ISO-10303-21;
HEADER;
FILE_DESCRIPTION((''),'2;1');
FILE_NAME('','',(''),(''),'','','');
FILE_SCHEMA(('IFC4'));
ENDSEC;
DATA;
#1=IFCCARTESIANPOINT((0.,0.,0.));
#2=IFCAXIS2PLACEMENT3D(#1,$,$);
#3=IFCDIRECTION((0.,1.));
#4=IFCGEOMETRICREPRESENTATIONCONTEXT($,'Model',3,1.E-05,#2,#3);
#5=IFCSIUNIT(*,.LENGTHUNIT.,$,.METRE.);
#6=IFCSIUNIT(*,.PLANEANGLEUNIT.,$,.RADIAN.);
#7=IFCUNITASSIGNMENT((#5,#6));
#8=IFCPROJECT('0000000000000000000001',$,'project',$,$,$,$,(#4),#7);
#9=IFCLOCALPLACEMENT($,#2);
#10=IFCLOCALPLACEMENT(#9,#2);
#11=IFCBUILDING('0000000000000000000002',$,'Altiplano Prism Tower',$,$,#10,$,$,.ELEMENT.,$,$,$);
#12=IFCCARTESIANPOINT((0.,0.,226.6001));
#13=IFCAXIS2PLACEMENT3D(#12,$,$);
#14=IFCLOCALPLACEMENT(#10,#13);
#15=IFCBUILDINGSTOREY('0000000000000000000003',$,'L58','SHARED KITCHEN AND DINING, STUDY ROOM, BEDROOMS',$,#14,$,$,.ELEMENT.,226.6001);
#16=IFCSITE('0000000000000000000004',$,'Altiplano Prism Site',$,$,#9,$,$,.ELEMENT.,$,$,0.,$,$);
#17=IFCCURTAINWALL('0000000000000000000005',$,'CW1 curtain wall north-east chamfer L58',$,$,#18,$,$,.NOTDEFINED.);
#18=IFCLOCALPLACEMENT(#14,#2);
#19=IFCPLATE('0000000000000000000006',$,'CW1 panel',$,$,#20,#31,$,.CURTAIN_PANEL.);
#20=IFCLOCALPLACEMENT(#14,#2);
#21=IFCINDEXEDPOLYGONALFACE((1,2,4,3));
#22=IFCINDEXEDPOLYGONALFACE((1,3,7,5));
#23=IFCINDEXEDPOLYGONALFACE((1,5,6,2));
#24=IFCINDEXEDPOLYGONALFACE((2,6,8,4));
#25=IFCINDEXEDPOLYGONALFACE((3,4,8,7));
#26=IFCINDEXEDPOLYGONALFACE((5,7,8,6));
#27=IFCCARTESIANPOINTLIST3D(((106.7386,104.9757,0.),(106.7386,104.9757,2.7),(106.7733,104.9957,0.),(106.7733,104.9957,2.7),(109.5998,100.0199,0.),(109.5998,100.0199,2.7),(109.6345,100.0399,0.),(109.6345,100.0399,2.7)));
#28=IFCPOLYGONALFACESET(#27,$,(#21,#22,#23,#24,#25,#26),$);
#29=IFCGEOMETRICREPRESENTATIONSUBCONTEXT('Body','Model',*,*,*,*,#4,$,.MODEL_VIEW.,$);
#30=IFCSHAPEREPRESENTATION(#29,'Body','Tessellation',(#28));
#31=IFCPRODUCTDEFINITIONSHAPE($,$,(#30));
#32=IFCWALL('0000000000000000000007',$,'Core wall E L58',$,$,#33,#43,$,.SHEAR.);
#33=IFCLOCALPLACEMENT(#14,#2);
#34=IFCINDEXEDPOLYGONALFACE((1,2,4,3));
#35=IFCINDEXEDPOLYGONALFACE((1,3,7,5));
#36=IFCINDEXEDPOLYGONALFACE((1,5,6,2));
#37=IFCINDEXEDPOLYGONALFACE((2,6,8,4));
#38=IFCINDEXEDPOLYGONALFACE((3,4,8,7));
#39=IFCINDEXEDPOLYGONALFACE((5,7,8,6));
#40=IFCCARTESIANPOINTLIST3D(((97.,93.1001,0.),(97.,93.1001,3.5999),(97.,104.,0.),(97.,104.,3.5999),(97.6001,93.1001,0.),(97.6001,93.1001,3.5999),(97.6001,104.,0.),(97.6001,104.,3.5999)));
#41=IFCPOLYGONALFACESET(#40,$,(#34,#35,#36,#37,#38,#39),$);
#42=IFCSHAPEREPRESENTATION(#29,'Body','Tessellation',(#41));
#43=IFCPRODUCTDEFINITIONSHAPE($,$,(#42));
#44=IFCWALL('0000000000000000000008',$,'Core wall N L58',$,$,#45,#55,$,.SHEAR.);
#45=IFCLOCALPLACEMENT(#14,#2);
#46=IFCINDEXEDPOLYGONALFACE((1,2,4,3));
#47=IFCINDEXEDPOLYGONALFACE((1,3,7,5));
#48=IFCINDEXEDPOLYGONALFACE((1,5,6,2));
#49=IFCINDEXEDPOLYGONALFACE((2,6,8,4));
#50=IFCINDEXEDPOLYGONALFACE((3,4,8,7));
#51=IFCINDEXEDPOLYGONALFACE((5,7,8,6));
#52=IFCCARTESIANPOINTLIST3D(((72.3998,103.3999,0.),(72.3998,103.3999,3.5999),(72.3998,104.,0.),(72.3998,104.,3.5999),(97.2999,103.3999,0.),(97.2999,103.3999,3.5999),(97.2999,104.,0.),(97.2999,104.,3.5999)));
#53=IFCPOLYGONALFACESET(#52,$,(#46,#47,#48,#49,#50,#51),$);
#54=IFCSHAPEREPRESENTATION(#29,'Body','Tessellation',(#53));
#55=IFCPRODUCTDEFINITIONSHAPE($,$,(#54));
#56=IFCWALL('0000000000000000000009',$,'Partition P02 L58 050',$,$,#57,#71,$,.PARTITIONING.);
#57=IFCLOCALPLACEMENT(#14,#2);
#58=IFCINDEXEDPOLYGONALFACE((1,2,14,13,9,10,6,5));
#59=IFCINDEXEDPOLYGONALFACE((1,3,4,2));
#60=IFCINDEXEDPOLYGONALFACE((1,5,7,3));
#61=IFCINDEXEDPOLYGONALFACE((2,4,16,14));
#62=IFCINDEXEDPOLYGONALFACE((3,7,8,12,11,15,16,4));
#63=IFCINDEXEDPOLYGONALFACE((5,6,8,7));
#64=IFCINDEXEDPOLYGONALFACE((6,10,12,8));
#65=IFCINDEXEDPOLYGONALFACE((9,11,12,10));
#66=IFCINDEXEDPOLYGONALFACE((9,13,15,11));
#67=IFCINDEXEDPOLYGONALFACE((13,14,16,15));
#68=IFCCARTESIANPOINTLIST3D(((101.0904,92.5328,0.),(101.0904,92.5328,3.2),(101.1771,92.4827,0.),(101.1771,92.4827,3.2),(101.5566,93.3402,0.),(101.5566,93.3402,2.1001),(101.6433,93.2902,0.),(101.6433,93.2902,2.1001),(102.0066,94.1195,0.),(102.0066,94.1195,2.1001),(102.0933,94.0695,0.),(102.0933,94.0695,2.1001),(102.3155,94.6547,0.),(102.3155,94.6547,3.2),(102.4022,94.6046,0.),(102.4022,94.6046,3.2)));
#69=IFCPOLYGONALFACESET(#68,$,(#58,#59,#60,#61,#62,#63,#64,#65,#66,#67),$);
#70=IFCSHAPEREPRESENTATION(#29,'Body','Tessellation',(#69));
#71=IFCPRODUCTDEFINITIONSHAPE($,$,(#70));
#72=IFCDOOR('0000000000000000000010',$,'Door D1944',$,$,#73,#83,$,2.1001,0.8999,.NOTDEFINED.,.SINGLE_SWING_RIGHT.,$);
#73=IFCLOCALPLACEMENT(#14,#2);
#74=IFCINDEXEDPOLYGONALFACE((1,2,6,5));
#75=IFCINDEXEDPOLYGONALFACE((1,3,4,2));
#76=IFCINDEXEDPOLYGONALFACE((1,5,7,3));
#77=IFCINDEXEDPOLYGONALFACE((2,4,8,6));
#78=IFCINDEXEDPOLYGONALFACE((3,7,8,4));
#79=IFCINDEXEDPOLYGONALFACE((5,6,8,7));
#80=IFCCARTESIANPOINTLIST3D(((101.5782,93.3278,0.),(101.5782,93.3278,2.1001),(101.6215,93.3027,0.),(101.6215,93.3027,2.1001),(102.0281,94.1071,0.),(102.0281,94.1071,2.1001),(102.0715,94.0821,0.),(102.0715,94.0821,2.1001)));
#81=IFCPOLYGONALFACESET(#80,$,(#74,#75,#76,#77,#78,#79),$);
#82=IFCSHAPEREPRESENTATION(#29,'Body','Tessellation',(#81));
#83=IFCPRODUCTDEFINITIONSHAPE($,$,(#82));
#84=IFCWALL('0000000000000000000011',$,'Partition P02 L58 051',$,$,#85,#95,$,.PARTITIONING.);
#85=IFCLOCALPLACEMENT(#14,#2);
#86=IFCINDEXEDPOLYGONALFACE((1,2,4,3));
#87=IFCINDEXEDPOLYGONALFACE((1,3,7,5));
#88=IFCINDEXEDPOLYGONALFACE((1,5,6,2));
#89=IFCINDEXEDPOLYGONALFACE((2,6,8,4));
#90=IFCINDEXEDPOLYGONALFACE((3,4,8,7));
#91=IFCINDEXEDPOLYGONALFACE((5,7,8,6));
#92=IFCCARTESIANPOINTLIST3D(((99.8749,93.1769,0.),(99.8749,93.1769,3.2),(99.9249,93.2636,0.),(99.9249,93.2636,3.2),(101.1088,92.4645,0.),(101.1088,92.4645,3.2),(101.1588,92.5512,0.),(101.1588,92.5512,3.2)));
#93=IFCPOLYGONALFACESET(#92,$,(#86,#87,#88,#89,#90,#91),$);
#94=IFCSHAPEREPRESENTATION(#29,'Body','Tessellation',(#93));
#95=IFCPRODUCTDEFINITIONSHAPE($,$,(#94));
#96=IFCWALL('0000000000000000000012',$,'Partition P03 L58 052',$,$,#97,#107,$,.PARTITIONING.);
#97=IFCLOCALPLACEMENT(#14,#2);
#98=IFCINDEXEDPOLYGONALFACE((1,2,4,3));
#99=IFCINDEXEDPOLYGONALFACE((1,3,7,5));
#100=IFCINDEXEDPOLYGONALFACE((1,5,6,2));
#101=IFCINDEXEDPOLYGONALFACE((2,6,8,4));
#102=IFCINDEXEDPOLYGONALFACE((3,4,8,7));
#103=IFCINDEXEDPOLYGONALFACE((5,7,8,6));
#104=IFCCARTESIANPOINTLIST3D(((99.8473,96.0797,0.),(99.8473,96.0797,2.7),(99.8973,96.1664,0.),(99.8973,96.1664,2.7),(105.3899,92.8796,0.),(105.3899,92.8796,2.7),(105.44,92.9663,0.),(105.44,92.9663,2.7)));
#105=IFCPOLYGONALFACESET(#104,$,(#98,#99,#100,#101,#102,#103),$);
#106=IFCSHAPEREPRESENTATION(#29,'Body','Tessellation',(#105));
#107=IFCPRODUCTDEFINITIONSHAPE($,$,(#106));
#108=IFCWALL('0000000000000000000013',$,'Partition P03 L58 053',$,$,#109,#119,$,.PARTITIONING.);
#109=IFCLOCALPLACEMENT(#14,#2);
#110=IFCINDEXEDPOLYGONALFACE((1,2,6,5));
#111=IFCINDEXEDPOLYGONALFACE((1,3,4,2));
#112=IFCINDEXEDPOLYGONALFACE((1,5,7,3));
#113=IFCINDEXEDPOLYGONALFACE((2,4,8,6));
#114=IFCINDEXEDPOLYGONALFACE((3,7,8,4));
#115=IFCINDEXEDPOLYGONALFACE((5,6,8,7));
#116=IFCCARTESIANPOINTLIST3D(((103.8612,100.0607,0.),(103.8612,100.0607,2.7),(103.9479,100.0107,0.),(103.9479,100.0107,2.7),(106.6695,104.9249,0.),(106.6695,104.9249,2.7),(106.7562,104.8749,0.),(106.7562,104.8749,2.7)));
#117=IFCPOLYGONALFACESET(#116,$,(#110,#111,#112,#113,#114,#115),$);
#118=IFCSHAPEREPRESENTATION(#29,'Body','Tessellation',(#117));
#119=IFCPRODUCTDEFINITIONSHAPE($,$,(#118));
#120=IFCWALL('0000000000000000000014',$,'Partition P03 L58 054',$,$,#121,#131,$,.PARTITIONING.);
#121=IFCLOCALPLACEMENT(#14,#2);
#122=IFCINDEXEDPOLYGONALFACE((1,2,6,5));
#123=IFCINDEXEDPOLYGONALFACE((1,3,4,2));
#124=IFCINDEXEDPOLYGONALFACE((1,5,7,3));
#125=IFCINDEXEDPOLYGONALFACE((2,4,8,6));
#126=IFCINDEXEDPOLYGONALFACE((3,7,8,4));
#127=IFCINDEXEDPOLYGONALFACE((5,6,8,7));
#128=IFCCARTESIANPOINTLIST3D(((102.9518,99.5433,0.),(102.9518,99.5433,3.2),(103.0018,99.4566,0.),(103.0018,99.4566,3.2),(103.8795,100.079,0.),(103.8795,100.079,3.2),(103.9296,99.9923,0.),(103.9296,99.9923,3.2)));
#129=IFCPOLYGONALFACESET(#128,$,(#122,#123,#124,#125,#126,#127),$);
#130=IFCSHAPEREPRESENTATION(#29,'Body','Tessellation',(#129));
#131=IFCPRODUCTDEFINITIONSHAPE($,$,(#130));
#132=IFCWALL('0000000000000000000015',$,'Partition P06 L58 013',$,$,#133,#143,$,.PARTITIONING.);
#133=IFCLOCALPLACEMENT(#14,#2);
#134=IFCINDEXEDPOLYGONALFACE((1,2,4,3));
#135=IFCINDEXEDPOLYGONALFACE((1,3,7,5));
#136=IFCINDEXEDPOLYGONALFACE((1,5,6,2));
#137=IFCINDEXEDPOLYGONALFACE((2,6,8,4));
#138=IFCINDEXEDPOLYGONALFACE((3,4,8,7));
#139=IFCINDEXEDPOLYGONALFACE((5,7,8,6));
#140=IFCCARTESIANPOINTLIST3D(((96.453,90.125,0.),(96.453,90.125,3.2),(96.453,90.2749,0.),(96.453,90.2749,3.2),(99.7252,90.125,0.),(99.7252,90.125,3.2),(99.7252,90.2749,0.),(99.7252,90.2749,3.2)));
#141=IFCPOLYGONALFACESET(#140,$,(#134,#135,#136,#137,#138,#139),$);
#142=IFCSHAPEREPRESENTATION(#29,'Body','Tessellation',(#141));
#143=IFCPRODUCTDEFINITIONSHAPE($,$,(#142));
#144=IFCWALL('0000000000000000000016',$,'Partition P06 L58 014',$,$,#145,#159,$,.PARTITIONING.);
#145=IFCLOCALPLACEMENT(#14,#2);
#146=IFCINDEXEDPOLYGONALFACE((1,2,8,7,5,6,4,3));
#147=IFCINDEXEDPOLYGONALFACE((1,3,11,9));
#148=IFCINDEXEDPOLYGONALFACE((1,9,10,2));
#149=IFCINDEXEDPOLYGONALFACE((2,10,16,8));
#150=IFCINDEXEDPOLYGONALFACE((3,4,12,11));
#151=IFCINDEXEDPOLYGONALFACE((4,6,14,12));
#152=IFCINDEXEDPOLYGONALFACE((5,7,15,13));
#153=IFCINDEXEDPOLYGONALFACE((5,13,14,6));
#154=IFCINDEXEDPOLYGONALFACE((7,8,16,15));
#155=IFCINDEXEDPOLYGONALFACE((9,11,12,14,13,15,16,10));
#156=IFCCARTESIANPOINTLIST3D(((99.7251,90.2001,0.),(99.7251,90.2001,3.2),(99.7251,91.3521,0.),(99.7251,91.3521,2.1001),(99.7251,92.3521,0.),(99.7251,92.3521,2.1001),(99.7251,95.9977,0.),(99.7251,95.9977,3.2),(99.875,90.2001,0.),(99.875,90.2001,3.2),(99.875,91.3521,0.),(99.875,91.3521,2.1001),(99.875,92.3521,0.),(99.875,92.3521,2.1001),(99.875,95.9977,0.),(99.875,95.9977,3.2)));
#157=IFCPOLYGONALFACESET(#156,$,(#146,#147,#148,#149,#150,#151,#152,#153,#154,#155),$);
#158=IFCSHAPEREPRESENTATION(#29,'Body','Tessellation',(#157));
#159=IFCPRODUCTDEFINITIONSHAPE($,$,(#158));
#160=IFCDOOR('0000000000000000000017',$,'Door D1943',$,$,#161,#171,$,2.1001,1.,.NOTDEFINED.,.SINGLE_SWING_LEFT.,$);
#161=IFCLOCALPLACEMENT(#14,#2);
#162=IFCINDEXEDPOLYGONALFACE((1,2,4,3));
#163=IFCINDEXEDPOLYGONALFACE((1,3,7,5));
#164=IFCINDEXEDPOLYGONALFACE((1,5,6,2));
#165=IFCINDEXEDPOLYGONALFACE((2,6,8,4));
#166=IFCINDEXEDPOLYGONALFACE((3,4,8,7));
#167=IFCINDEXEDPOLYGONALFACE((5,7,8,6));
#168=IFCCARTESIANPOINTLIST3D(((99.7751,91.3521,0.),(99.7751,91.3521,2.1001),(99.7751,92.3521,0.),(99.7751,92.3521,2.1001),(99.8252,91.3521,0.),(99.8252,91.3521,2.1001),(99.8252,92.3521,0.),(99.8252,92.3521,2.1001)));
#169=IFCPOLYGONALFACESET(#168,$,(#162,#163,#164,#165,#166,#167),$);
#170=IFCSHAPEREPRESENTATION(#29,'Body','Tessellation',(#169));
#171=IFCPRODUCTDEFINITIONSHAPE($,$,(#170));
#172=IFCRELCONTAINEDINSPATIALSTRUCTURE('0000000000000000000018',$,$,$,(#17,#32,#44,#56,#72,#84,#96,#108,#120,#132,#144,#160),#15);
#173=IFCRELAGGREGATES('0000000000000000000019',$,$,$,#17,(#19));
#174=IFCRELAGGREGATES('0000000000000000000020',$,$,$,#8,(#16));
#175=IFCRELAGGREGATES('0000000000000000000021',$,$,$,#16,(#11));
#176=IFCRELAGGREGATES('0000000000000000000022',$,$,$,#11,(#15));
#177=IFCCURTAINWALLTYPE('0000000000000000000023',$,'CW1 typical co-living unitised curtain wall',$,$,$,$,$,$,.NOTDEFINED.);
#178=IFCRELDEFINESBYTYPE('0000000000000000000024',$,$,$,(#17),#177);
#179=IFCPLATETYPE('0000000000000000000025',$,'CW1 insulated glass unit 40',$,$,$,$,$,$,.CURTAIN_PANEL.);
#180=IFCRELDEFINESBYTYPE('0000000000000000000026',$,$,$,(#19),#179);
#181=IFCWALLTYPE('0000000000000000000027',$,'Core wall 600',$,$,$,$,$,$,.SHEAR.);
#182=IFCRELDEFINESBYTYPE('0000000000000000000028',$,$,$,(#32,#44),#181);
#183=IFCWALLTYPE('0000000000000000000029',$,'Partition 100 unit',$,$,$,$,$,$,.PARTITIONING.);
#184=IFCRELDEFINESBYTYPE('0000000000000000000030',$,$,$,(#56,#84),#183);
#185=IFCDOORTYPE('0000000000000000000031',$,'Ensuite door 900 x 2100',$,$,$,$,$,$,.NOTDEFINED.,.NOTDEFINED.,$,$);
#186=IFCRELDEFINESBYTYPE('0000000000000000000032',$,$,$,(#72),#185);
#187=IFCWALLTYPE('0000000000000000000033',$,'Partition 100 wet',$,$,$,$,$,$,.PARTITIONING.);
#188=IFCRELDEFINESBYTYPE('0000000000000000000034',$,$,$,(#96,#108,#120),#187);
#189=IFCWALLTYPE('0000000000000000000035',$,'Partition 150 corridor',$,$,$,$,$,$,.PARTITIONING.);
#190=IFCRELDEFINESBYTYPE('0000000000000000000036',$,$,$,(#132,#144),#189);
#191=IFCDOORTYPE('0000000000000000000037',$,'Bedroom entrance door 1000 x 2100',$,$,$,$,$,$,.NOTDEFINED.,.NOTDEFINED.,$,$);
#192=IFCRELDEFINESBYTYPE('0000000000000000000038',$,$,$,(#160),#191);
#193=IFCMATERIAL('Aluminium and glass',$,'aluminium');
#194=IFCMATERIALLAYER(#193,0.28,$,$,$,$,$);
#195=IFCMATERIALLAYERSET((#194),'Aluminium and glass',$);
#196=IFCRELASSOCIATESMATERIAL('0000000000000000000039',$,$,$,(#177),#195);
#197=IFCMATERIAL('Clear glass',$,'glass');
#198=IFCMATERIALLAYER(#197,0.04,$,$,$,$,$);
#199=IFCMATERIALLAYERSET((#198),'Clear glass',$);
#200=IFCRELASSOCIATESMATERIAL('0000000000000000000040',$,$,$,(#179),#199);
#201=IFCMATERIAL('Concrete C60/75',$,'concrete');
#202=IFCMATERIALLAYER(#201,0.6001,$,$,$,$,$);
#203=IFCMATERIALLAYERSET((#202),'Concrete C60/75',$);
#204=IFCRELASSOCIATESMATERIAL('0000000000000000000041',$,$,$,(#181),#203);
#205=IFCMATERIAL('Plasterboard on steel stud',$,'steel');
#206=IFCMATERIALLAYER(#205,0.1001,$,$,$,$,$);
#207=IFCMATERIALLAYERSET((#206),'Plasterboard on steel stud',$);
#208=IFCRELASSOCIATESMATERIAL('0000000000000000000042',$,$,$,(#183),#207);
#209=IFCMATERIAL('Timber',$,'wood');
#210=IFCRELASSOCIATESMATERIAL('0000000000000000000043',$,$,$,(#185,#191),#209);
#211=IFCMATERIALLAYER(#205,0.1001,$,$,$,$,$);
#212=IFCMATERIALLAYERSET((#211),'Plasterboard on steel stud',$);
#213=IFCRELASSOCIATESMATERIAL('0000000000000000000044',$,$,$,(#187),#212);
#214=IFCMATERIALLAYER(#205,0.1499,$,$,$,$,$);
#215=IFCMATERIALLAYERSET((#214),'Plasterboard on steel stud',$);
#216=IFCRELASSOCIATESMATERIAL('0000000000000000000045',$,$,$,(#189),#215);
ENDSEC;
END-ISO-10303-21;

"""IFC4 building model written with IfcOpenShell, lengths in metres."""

from ifc_helpers import new_model, si_unit, direction, frame, frame_2d, origin, origin_2d, place, context, subcontext, project, spatial, rectangle, extrude, material, layer, layer_set, type_object, element, fill, aggregate, save


model = new_model("IFC4")

# Units and contexts
model_context = context("Model", 3, precision=1e-05, world=origin(), true_north=direction((0.0, 1.0)))
body_context = subcontext(model_context, "Body", "Model", "MODEL_VIEW")
ifc_project = project(units=[si_unit("LENGTHUNIT", "METRE"), si_unit("PLANEANGLEUNIT", "RADIAN")], contexts=[model_context])

# Site, building, storey
site_placement = place(None, origin())
site = spatial("IfcSite", under=ifc_project, at=site_placement, Name="Altiplano Prism Site", CompositionType="ELEMENT", RefElevation=0.0)
building_placement = place(site_placement, origin())
building = spatial("IfcBuilding", under=site, at=building_placement, Name="Altiplano Prism Tower", CompositionType="ELEMENT")
storey_placement = place(building_placement, frame((0.0, 0.0, 226.6001)))
storey = spatial("IfcBuildingStorey", under=building, at=storey_placement, Name="L58", Description="SHARED KITCHEN AND DINING, STUDY ROOM, BEDROOMS", CompositionType="ELEMENT", Elevation=226.6001)

# Shared definitions
ifc_material_1 = material(Name="Concrete C60/75", Category="concrete")

# Shared definitions
ifc_material_2 = material(Name="Aluminium and glass", Category="aluminium")
ifc_layer_1 = layer(ifc_material_2, 0.28)
ifc_layer_set_1 = layer_set([ifc_layer_1], Name="Aluminium and glass")
curtain_wall_type = type_object("IfcCurtainWallType", Name="CW1 typical co-living unitised curtain wall", PredefinedType="NOTDEFINED", material=ifc_layer_set_1)

# Curtain wall
curtain_wall_1_placement = place(storey_placement, origin())
curtain_wall_1 = element("IfcCurtainWall", 1, at=curtain_wall_1_placement, inside=storey, type_object=curtain_wall_type, Name="CW1 curtain wall north-east chamfer L58", PredefinedType="NOTDEFINED")

# Plate
ifc_material_3 = material(Name="Clear glass", Category="glass")
ifc_layer_2 = layer(ifc_material_3, 0.04)
ifc_layer_set_2 = layer_set([ifc_layer_2], Name="Clear glass")
plate_type = type_object("IfcPlateType", Name="CW1 insulated glass unit 40", PredefinedType="CURTAIN_PANEL", material=ifc_layer_set_2)
plate_1_placement = place(storey_placement, frame((108.1865, 102.5078, 0.0), z_axis=(0.0, 0.0, 1.0), x_axis=(-0.5, 0.866025, 0.0)))
plate_1 = element("IfcPlate", 2, at=plate_1_placement, type_object=plate_type, Name="CW1 panel", PredefinedType="CURTAIN_PANEL", context=body_context, shape_type="SweptSolid", body=[
    extrude(rectangle(XDim=5.7224, YDim=0.04, at=origin_2d()), origin(), (0.0, 0.0, 1.0), 2.7),
])
aggregate(curtain_wall_1, [plate_1])

# Walls
ifc_layer_3 = layer(ifc_material_1, 0.6001)
ifc_layer_set_3 = layer_set([ifc_layer_3], Name="Concrete C60/75")
wall_type_1 = type_object("IfcWallType", Name="Core wall 600", PredefinedType="SHEAR", material=ifc_layer_set_3)
wall_1_placement = place(storey_placement, frame((97.3, 93.1001, 0.0), z_axis=(0.0, 0.0, 1.0), x_axis=(0.0, 1.0, 0.0)))
element("IfcWall", 3, at=wall_1_placement, inside=storey, type_object=wall_type_1, Name="Core wall E L58", PredefinedType="SHEAR", context=body_context, shape_type="SweptSolid", body=[
    extrude(rectangle(XDim=10.8999, YDim=0.6001, at=frame_2d((5.45, 0.0))), origin(), (0.0, 0.0, 1.0), 3.5999),
])
wall_2_placement = place(storey_placement, frame((97.3, 103.7, 0.0), z_axis=(0.0, 0.0, 1.0), x_axis=(-1.0, 0.0, 0.0)))
element("IfcWall", 4, at=wall_2_placement, inside=storey, type_object=wall_type_1, Name="Core wall N L58", PredefinedType="SHEAR", context=body_context, shape_type="SweptSolid", body=[
    extrude(rectangle(XDim=24.9001, YDim=0.6001, at=frame_2d((12.4502, 0.0))), origin(), (0.0, 0.0, 1.0), 3.5999),
])

# Wall, opening, door
ifc_material_4 = material(Name="Plasterboard on steel stud", Category="steel")
ifc_layer_4 = layer(ifc_material_4, 0.1001)
ifc_layer_set_4 = layer_set([ifc_layer_4], Name="Plasterboard on steel stud")
wall_type_2 = type_object("IfcWallType", Name="Partition 100 unit", PredefinedType="PARTITIONING", material=ifc_layer_set_4)
wall_3_placement = place(storey_placement, frame((102.3589, 94.6296, 0.0), z_axis=(0.0, 0.0, 1.0), x_axis=(-0.500019, -0.866015, 0.0)))
wall_3 = element("IfcWall", 5, at=wall_3_placement, inside=storey, type_object=wall_type_2, Name="Partition P02 L58 050", PredefinedType="PARTITIONING", context=body_context, shape_type="SweptSolid", body=[
    extrude(rectangle(XDim=2.4502, YDim=0.1001, at=frame_2d((1.2251, 0.0))), origin(), (0.0, 0.0, 1.0), 3.2),
])
opening_1_placement = place(wall_3_placement, frame((0.6179, 0.0, 0.0)))
opening_1 = element("IfcOpeningElement", 6, at=opening_1_placement, cuts=wall_3, PredefinedType="OPENING", context=body_context, shape_type="SweptSolid", body=[
    extrude(rectangle(XDim=0.8999, YDim=2.1001, at=frame_2d((0.45, 1.05))), frame((0.0, 0.0605, 0.0), z_axis=(0.0, -1.0, 0.0), x_axis=(1.0, 0.0, 0.0)), (0.0, 0.0, 1.0), 0.1211),
])
ifc_material_5 = material(Name="Timber", Category="wood")
door_type_1 = type_object("IfcDoorType", Name="Ensuite door 900 x 2100", OperationType="NOTDEFINED", PredefinedType="NOTDEFINED", material=ifc_material_5)
door_1_placement = place(opening_1_placement, origin())
door_1 = element("IfcDoor", 7, at=door_1_placement, inside=storey, type_object=door_type_1, Name="Door D1944", OperationType="SINGLE_SWING_RIGHT", OverallHeight=2.1001, OverallWidth=0.8999, PredefinedType="NOTDEFINED", context=body_context, shape_type="SweptSolid", body=[
    extrude(rectangle(XDim=0.8999, YDim=2.1001, at=frame_2d((0.45, 1.05))), frame((0.0, 0.0249, 0.0), z_axis=(0.0, -1.0, 0.0), x_axis=(1.0, 0.0, 0.0)), (0.0, 0.0, 1.0), 0.05),
])
fill(opening_1, door_1)

# Walls
wall_4_placement = place(storey_placement, frame((101.1338, 92.5078, 0.0), z_axis=(0.0, 0.0, 1.0), x_axis=(-0.86602, 0.500009, 0.0)))
element("IfcWall", 8, at=wall_4_placement, inside=storey, type_object=wall_type_2, Name="Partition P02 L58 051", PredefinedType="PARTITIONING", context=body_context, shape_type="SweptSolid", body=[
    extrude(rectangle(XDim=1.4248, YDim=0.1001, at=frame_2d((0.7124, 0.0))), origin(), (0.0, 0.0, 1.0), 3.2),
])
ifc_layer_5 = layer(ifc_material_4, 0.1001)
ifc_layer_set_5 = layer_set([ifc_layer_5], Name="Plasterboard on steel stud")
wall_type_3 = type_object("IfcWallType", Name="Partition 100 wet", PredefinedType="PARTITIONING", material=ifc_layer_set_5)
wall_5_placement = place(storey_placement, frame((105.415, 92.9229, 0.0), z_axis=(0.0, 0.0, 1.0), x_axis=(-0.866019, 0.500012, 0.0)))
element("IfcWall", 9, at=wall_5_placement, inside=storey, type_object=wall_type_3, Name="Partition P03 L58 052", PredefinedType="PARTITIONING", context=body_context, shape_type="SweptSolid", body=[
    extrude(rectangle(XDim=6.4001, YDim=0.1001, at=frame_2d((3.2002, 0.0))), origin(), (0.0, 0.0, 1.0), 2.7),
])
wall_6_placement = place(storey_placement, frame((106.7129, 104.8999, 0.0), z_axis=(0.0, 0.0, 1.0), x_axis=(-0.499996, -0.866028, 0.0)))
element("IfcWall", 10, at=wall_6_placement, inside=storey, type_object=wall_type_3, Name="Partition P03 L58 053", PredefinedType="PARTITIONING", context=body_context, shape_type="SweptSolid", body=[
    extrude(rectangle(XDim=5.6167, YDim=0.1001, at=frame_2d((2.8083, 0.0))), origin(), (0.0, 0.0, 1.0), 2.7),
])
wall_7_placement = place(storey_placement, frame((103.9045, 100.0356, 0.0), z_axis=(0.0, 0.0, 1.0), x_axis=(-0.866019, -0.500012, 0.0)))
element("IfcWall", 11, at=wall_7_placement, inside=storey, type_object=wall_type_3, Name="Partition P03 L58 054", PredefinedType="PARTITIONING", context=body_context, shape_type="SweptSolid", body=[
    extrude(rectangle(XDim=1.0713, YDim=0.1001, at=frame_2d((0.5356, 0.0))), origin(), (0.0, 0.0, 1.0), 3.2),
])
ifc_layer_6 = layer(ifc_material_4, 0.1499)
ifc_layer_set_6 = layer_set([ifc_layer_6], Name="Plasterboard on steel stud")
wall_type_4 = type_object("IfcWallType", Name="Partition 150 corridor", PredefinedType="PARTITIONING", material=ifc_layer_set_6)
wall_8_placement = place(storey_placement, frame((96.4529, 90.2, 0.0), z_axis=(0.0, 0.0, 1.0), x_axis=(1.0, 0.0, 0.0)))
element("IfcWall", 12, at=wall_8_placement, inside=storey, type_object=wall_type_4, Name="Partition P06 L58 013", PredefinedType="PARTITIONING", context=body_context, shape_type="SweptSolid", body=[
    extrude(rectangle(XDim=3.2722, YDim=0.1499, at=frame_2d((1.6362, 0.0))), origin(), (0.0, 0.0, 1.0), 3.2),
])

# Wall, opening, door
wall_9_placement = place(storey_placement, frame((99.8, 90.2, 0.0), z_axis=(0.0, 0.0, 1.0), x_axis=(0.0, 1.0, 0.0)))
wall_9 = element("IfcWall", 13, at=wall_9_placement, inside=storey, type_object=wall_type_4, Name="Partition P06 L58 014", PredefinedType="PARTITIONING", context=body_context, shape_type="SweptSolid", body=[
    extrude(rectangle(XDim=5.7976, YDim=0.1499, at=frame_2d((2.8989, 0.0))), origin(), (0.0, 0.0, 1.0), 3.2),
])
opening_2_placement = place(wall_9_placement, frame((1.1521, 0.0, 0.0)))
opening_2 = element("IfcOpeningElement", 14, at=opening_2_placement, cuts=wall_9, PredefinedType="OPENING", context=body_context, shape_type="SweptSolid", body=[
    extrude(rectangle(XDim=1.0, YDim=2.1001, at=frame_2d((0.5, 1.05))), frame((0.0, 0.0854, 0.0), z_axis=(0.0, -1.0, 0.0), x_axis=(1.0, 0.0, 0.0)), (0.0, 0.0, 1.0), 0.1709),
])
door_type_2 = type_object("IfcDoorType", Name="Bedroom entrance door 1000 x 2100", OperationType="NOTDEFINED", PredefinedType="NOTDEFINED", material=ifc_material_5)
door_2_placement = place(opening_2_placement, origin())
door_2 = element("IfcDoor", 15, at=door_2_placement, inside=storey, type_object=door_type_2, Name="Door D1943", OperationType="SINGLE_SWING_LEFT", OverallHeight=2.1001, OverallWidth=1.0, PredefinedType="NOTDEFINED", context=body_context, shape_type="SweptSolid", body=[
    extrude(rectangle(XDim=1.0, YDim=2.1001, at=frame_2d((0.5, 1.05))), frame((0.0, 0.0249, 0.0), z_axis=(0.0, -1.0, 0.0), x_axis=(1.0, 0.0, 0.0)), (0.0, 0.0, 1.0), 0.05),
])
fill(opening_2, door_2)

save(model, "model.ifc")
